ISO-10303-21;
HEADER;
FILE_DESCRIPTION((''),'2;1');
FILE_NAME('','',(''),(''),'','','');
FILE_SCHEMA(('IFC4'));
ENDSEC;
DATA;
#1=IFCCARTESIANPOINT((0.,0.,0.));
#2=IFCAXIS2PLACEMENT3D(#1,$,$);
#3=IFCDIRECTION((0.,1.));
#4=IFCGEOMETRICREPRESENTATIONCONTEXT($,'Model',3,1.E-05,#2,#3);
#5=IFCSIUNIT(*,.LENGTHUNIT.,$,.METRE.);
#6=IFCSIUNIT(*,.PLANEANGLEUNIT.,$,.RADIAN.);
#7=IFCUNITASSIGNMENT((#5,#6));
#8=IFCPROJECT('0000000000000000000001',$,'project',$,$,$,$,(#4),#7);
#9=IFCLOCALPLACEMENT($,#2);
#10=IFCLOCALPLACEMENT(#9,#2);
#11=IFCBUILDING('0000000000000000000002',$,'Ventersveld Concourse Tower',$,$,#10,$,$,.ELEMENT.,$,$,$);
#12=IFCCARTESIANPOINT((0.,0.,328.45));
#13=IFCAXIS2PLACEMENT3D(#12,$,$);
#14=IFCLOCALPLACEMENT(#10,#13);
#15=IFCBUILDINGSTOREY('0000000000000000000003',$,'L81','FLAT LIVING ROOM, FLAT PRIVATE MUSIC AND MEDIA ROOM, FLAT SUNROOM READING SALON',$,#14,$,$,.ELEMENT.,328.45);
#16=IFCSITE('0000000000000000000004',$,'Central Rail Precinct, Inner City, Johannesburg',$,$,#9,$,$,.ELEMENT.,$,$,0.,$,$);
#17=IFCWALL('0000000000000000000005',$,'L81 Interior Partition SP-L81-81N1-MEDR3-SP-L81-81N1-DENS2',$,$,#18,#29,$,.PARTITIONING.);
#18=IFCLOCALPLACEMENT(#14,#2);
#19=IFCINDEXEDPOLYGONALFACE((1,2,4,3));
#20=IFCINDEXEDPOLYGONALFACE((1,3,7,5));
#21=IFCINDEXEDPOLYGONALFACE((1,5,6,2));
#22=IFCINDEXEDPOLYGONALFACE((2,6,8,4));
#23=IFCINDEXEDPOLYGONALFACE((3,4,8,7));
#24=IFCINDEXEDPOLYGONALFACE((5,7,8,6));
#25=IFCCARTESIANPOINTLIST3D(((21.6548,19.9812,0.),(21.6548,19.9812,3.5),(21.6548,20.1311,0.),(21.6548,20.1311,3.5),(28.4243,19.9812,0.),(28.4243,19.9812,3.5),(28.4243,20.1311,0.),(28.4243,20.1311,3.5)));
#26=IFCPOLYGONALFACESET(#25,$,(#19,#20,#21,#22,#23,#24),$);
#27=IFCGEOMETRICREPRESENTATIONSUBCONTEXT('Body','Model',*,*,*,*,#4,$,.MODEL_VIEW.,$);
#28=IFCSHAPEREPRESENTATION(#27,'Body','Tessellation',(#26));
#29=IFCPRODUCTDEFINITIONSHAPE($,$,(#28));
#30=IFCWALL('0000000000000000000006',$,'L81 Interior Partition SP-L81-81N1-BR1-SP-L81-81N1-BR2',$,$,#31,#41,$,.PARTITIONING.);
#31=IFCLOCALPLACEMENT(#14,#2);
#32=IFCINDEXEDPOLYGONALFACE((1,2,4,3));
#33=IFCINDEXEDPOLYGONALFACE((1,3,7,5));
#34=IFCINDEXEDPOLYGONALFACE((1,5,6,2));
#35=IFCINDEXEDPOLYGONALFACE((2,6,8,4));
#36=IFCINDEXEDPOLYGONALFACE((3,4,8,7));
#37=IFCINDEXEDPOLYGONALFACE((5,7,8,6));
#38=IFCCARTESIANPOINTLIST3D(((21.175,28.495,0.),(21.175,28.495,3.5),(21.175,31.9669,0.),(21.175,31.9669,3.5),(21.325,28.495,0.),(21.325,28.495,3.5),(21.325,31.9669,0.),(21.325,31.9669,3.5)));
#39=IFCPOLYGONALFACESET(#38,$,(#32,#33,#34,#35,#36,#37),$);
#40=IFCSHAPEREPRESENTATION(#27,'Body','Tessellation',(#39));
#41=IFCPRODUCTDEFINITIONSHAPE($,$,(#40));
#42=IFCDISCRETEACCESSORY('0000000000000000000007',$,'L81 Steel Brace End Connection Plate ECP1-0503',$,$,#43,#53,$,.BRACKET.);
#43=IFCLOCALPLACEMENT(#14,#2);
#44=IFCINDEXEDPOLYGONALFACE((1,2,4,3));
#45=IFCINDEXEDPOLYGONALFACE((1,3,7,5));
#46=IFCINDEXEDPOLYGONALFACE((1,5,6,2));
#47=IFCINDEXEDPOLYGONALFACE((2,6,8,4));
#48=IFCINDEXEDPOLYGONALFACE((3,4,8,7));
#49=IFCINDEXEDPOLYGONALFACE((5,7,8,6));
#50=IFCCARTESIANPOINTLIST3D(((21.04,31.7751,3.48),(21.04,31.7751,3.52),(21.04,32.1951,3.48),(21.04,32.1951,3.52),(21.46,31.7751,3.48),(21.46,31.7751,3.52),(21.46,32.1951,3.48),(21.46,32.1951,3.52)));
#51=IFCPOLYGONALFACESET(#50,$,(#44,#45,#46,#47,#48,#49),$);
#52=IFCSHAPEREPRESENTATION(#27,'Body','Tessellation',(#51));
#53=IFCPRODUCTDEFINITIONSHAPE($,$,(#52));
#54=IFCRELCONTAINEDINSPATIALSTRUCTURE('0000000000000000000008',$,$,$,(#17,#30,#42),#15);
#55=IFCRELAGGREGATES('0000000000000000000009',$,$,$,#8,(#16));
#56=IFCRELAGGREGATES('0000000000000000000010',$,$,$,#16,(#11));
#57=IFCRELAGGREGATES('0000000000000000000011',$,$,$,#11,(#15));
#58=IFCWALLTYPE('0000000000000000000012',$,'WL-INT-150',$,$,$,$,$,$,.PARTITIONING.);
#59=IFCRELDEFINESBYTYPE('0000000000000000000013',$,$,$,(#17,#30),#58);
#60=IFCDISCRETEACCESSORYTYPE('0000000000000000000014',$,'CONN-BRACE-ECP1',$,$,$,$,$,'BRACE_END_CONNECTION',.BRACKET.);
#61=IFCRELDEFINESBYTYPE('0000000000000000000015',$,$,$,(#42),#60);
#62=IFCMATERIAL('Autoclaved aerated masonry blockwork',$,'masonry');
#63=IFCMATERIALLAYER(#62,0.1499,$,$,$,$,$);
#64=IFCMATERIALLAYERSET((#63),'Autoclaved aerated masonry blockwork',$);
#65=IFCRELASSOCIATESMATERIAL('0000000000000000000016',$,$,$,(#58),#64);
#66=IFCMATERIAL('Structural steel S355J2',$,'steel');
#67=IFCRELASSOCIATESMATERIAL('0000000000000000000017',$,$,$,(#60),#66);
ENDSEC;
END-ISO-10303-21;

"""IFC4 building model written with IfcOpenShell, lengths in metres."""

from ifc_helpers import new_model, si_unit, direction, frame, frame_2d, origin, origin_2d, place, context, subcontext, project, spatial, rectangle, extrude, material, layer, layer_set, type_object, element, save


model = new_model("IFC4")

# Units and contexts
model_context = context("Model", 3, precision=1e-05, world=origin(), true_north=direction((0.0, 1.0)))
body_context = subcontext(model_context, "Body", "Model", "MODEL_VIEW")
ifc_project = project(units=[si_unit("LENGTHUNIT", "METRE"), si_unit("PLANEANGLEUNIT", "RADIAN")], contexts=[model_context])

# Site, building, storey
site_placement = place(None, origin())
site = spatial("IfcSite", under=ifc_project, at=site_placement, Name="Central Rail Precinct, Inner City, Johannesburg", CompositionType="ELEMENT", RefElevation=0.0)
building_placement = place(site_placement, origin())
building = spatial("IfcBuilding", under=site, at=building_placement, Name="Ventersveld Concourse Tower", CompositionType="ELEMENT")
storey_placement = place(building_placement, frame((0.0, 0.0, 328.45)))
storey = spatial("IfcBuildingStorey", under=building, at=storey_placement, Name="L81", Description="FLAT LIVING ROOM, FLAT PRIVATE MUSIC AND MEDIA ROOM, FLAT SUNROOM READING SALON", CompositionType="ELEMENT", Elevation=328.45)

# Shared definitions
ifc_material_1 = material(Name="Structural steel S355J2", Category="steel")

# Shared definitions
ifc_material_2 = material(Name="Autoclaved aerated masonry blockwork", Category="masonry")
ifc_layer = layer(ifc_material_2, 0.1499)
ifc_layer_set = layer_set([ifc_layer], Name="Autoclaved aerated masonry blockwork")
wall_type = type_object("IfcWallType", Name="WL-INT-150", PredefinedType="PARTITIONING", material=ifc_layer_set)

# Walls
wall_1_placement = place(storey_placement, frame((21.6548, 20.0562, 0.0), z_axis=(0.0, 0.0, 1.0), x_axis=(1.0, 0.0, 0.0)))
element("IfcWall", 1, at=wall_1_placement, inside=storey, type_object=wall_type, Name="L81 Interior Partition SP-L81-81N1-MEDR3-SP-L81-81N1-DENS2", PredefinedType="PARTITIONING", context=body_context, shape_type="SweptSolid", body=[
    extrude(rectangle(XDim=6.7695, YDim=0.1499, at=frame_2d((3.3848, 0.0))), origin(), (0.0, 0.0, 1.0), 3.5),
])
wall_2_placement = place(storey_placement, frame((21.25, 28.4951, 0.0), z_axis=(0.0, 0.0, 1.0), x_axis=(0.0, 1.0, 0.0)))
element("IfcWall", 2, at=wall_2_placement, inside=storey, type_object=wall_type, Name="L81 Interior Partition SP-L81-81N1-BR1-SP-L81-81N1-BR2", PredefinedType="PARTITIONING", context=body_context, shape_type="SweptSolid", body=[
    extrude(rectangle(XDim=3.4719, YDim=0.1499, at=frame_2d((1.7358, 0.0))), origin(), (0.0, 0.0, 1.0), 3.5),
])

# Discrete accessory
discrete_accessory_type = type_object("IfcDiscreteAccessoryType", Name="CONN-BRACE-ECP1", ElementType="BRACE_END_CONNECTION", PredefinedType="BRACKET", material=ifc_material_1)
discrete_accessory_placement = place(storey_placement, frame((21.25, 31.9851, 3.48), z_axis=(0.0, 0.0, 1.0), x_axis=(1.0, 0.0, 0.0)))
element("IfcDiscreteAccessory", 3, at=discrete_accessory_placement, inside=storey, type_object=discrete_accessory_type, Name="L81 Steel Brace End Connection Plate ECP1-0503", PredefinedType="BRACKET", context=body_context, shape_type="SweptSolid", body=[
    extrude(rectangle(XDim=0.4199, YDim=0.4199, at=origin_2d()), origin(), (0.0, 0.0, 1.0), 0.04),
])

save(model, "model.ifc")
